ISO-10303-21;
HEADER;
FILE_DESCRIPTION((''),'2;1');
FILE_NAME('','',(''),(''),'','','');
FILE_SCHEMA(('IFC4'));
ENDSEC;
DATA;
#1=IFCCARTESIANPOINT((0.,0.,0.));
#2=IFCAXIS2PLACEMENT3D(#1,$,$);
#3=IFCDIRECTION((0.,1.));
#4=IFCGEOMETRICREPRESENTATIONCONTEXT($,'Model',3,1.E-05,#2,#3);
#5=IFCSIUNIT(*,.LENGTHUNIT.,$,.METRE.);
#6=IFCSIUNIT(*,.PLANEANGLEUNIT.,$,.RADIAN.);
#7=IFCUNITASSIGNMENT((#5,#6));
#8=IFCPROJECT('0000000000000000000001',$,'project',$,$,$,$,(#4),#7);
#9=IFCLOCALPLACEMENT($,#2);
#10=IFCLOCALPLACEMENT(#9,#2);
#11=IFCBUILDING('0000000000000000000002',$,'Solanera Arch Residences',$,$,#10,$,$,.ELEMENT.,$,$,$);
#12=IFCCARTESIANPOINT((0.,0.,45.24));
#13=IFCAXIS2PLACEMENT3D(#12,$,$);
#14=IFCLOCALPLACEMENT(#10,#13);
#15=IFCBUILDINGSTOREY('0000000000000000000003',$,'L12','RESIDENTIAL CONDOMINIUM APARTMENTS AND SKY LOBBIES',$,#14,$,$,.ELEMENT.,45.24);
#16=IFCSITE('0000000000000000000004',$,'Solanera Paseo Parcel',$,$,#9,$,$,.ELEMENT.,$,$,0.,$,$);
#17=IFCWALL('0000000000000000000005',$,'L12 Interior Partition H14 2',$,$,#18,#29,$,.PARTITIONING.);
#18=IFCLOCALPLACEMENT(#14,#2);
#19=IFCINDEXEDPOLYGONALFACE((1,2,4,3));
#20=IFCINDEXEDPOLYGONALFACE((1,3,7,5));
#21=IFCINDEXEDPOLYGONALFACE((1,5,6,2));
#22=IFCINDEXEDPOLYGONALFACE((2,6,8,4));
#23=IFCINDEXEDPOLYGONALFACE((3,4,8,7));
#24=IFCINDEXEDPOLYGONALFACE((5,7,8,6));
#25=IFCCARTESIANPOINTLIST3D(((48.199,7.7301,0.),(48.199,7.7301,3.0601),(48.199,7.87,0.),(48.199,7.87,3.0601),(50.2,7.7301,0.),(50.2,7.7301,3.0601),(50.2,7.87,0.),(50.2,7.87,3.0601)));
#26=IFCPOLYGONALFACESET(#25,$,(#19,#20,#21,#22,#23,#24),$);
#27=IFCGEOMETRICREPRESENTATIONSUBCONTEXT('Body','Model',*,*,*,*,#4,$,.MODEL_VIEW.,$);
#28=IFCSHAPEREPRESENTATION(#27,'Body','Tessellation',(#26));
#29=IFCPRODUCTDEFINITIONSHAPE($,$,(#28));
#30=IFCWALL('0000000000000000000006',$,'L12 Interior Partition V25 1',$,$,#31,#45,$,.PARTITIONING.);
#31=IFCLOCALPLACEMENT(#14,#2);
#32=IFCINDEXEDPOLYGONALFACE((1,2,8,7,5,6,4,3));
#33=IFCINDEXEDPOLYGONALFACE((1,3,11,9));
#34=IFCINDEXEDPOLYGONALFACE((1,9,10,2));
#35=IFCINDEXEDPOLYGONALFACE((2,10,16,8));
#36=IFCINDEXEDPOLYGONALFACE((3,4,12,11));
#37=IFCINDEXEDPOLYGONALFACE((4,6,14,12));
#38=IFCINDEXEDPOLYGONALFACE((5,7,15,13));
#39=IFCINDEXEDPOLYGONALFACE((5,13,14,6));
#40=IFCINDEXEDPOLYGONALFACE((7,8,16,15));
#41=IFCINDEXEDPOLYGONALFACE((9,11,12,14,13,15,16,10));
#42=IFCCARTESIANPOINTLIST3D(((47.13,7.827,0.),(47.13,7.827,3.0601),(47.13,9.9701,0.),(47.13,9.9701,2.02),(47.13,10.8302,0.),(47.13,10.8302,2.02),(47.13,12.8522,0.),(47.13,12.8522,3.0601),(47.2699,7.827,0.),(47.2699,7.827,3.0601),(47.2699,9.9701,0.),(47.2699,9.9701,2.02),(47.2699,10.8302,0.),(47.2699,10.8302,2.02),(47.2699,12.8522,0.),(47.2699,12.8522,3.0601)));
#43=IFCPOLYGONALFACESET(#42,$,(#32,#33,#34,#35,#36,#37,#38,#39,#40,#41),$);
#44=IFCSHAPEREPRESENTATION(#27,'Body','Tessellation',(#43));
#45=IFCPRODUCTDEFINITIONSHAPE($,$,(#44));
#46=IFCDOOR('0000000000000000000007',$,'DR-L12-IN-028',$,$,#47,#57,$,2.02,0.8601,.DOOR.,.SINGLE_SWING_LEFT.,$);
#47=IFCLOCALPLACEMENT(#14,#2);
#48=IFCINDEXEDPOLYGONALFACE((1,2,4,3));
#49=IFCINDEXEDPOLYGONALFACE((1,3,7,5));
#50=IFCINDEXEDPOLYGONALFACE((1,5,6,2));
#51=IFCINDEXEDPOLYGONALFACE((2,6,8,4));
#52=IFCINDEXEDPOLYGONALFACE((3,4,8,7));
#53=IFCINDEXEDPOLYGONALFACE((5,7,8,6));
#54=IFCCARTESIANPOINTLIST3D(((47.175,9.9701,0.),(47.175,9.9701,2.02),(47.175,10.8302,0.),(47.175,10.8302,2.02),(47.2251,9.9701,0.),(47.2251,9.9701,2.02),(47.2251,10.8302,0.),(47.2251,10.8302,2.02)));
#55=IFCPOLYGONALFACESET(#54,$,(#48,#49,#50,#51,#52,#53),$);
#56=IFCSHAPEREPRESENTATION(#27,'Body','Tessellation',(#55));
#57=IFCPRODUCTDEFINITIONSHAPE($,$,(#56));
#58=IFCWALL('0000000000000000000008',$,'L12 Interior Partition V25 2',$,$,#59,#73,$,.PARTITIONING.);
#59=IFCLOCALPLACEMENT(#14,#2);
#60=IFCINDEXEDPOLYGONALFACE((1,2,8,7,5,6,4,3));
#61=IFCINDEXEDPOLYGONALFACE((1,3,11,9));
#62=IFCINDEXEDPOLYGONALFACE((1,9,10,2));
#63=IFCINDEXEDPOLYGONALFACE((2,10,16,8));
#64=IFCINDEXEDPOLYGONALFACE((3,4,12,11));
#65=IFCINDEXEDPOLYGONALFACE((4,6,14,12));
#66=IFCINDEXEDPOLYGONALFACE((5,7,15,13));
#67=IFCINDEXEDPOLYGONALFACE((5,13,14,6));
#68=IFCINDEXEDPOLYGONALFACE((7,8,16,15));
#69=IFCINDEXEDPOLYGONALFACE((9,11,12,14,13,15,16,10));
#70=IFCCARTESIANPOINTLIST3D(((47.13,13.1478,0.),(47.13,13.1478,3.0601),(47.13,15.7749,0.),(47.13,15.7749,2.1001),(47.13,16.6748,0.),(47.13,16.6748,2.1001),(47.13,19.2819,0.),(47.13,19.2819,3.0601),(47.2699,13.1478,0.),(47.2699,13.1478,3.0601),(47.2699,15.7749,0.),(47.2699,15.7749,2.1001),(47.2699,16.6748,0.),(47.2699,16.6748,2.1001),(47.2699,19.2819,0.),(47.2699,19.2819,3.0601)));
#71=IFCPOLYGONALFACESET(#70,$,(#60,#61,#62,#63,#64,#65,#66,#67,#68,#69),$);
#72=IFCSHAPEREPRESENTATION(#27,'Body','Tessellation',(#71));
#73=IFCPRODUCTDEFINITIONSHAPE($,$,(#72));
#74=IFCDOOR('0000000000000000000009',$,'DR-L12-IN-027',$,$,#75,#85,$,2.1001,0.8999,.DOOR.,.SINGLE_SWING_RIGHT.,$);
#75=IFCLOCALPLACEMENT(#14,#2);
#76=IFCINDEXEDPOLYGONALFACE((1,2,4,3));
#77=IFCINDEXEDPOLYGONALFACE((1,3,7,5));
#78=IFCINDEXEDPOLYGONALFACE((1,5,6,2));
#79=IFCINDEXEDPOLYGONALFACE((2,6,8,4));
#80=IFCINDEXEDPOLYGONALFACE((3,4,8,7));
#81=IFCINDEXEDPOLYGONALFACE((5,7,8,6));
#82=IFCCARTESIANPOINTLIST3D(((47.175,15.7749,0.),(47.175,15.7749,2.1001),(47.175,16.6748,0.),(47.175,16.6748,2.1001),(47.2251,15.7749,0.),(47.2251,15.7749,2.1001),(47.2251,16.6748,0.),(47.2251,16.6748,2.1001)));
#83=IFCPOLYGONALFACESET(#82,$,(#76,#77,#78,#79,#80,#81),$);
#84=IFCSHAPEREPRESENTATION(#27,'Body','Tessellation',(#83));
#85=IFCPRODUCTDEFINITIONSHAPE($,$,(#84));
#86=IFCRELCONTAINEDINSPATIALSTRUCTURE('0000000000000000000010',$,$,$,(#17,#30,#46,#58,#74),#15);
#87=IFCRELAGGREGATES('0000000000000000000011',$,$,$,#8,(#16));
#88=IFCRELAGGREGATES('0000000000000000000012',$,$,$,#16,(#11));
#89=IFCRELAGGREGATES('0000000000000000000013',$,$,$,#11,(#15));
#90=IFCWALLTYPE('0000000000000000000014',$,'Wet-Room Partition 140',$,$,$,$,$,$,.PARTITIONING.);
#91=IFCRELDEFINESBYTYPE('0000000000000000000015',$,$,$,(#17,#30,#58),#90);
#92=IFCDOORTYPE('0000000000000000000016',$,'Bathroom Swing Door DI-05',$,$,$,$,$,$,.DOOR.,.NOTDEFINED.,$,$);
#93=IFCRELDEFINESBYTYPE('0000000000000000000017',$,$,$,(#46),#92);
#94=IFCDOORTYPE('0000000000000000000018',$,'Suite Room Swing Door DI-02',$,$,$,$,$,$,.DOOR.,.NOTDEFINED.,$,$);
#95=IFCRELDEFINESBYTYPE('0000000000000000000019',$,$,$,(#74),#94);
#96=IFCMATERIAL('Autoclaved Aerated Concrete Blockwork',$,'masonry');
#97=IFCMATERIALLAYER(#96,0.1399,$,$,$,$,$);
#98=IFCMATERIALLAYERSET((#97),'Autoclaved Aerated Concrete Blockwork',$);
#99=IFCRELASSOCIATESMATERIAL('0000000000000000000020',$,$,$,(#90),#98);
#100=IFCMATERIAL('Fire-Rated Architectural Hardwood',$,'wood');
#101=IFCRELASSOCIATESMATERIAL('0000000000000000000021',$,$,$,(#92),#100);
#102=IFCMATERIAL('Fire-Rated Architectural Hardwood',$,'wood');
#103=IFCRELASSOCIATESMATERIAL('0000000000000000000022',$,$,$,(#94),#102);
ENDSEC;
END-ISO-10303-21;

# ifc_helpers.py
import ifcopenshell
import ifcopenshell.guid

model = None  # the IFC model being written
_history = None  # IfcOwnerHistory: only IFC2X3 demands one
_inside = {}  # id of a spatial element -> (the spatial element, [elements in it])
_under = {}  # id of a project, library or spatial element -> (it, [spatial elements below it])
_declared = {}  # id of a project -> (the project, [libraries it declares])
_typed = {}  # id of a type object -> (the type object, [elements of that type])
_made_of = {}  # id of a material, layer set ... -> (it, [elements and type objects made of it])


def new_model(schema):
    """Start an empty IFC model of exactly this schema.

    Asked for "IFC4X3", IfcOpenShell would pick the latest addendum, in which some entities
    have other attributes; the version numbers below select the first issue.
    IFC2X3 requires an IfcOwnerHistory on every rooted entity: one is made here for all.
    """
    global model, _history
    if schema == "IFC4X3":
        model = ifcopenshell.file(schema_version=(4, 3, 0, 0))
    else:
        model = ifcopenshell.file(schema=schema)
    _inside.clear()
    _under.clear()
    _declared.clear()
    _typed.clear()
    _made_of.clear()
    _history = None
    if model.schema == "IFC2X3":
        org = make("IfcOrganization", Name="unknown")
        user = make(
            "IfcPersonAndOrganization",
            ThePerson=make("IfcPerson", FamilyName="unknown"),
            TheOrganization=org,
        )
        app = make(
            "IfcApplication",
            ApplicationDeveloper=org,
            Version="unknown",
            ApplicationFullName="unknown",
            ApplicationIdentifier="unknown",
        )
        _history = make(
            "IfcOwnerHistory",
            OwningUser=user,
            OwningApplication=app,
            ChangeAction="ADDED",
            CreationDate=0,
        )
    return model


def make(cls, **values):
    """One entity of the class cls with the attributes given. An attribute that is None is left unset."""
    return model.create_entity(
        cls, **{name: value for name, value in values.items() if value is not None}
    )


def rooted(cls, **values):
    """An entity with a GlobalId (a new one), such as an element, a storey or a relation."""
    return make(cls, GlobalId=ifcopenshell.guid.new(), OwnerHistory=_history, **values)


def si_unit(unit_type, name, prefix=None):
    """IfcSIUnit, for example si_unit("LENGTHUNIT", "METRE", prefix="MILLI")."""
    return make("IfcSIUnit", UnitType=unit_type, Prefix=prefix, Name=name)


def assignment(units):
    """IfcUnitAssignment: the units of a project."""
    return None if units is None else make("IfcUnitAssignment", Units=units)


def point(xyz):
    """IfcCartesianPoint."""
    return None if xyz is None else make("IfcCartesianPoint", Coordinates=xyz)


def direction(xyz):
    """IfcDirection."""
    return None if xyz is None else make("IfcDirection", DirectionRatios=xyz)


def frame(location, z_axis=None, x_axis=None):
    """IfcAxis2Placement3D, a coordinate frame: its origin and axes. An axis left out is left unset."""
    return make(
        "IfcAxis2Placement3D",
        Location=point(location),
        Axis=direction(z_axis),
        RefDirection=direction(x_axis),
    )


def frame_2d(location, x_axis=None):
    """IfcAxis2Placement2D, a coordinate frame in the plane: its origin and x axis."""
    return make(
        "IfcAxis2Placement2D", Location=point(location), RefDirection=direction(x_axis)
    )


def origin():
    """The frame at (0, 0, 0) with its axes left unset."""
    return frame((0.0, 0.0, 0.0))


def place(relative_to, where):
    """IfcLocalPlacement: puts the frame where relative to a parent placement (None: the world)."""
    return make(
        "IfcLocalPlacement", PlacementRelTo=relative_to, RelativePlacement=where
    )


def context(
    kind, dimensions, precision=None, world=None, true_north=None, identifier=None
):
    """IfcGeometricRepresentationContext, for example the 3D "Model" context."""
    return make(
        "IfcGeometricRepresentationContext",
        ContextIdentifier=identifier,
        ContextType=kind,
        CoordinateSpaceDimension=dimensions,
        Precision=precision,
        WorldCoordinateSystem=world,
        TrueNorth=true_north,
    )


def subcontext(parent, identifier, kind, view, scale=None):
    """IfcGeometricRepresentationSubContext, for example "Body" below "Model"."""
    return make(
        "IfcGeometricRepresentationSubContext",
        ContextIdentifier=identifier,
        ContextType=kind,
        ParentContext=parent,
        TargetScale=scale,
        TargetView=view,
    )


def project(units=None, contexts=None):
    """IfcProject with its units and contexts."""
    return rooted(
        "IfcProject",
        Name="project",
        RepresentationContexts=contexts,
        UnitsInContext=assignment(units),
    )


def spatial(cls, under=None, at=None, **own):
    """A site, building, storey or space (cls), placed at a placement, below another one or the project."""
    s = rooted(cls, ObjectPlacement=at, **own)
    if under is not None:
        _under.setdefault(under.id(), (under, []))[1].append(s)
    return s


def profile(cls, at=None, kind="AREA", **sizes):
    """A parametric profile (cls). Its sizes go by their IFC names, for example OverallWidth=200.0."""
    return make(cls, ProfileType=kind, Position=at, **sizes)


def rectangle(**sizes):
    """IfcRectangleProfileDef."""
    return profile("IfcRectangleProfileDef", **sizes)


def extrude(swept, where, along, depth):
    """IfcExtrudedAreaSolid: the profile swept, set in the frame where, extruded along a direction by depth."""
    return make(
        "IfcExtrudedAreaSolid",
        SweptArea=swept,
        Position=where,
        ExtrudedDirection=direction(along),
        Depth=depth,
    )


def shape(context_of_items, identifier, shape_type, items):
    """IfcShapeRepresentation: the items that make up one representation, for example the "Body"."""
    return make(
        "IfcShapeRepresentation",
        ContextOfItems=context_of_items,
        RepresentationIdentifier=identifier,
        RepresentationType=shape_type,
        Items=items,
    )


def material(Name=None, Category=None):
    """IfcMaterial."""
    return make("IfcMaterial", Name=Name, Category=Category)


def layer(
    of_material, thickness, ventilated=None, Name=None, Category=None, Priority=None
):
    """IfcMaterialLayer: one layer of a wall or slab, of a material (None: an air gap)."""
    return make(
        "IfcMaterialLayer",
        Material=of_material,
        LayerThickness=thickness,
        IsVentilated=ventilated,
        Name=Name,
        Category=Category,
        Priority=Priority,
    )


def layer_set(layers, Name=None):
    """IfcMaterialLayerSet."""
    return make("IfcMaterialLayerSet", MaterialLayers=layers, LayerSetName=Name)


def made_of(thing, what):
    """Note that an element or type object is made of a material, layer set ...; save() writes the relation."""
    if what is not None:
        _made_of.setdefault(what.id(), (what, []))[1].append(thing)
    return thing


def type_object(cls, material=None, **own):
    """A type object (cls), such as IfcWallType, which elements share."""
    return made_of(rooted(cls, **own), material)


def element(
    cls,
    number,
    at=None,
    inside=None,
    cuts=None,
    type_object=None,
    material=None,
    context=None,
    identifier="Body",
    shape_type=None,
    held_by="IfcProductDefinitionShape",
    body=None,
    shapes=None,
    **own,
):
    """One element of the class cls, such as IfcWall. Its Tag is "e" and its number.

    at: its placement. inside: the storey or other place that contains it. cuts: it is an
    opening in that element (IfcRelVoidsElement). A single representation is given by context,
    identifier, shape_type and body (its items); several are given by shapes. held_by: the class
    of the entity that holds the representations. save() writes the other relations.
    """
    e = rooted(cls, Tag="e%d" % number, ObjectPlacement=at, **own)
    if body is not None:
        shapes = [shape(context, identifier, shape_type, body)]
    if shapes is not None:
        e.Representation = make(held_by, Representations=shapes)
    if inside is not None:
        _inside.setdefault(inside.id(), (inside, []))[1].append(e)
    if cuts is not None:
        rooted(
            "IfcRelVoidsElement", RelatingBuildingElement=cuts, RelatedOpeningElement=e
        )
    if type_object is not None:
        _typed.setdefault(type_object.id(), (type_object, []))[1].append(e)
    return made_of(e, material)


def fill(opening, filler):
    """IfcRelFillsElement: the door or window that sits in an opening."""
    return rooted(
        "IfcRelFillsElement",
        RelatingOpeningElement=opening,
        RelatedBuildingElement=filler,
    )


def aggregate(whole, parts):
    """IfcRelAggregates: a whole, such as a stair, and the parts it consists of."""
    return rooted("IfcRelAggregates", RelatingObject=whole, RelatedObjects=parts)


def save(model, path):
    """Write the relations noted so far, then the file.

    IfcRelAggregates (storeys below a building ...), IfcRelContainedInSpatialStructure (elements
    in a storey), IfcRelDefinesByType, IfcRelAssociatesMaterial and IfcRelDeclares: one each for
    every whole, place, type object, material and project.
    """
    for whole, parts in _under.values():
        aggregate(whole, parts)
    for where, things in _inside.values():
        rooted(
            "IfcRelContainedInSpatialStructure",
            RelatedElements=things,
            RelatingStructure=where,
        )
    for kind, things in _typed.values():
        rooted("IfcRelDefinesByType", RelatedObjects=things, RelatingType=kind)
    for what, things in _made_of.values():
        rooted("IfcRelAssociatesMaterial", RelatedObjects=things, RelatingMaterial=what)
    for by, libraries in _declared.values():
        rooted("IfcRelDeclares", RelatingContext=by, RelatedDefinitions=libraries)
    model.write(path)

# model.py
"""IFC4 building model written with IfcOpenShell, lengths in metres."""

from ifc_helpers import new_model, si_unit, direction, frame, frame_2d, origin, place, context, subcontext, project, spatial, rectangle, extrude, material, layer, layer_set, type_object, element, fill, save


model = new_model("IFC4")

# Units and contexts
model_context = context("Model", 3, precision=1e-05, world=origin(), true_north=direction((0.0, 1.0)))
body_context = subcontext(model_context, "Body", "Model", "MODEL_VIEW")
ifc_project = project(units=[si_unit("LENGTHUNIT", "METRE"), si_unit("PLANEANGLEUNIT", "RADIAN")], contexts=[model_context])

# Site, building, storey
site_placement = place(None, origin())
site = spatial("IfcSite", under=ifc_project, at=site_placement, Name="Solanera Paseo Parcel", CompositionType="ELEMENT", RefElevation=0.0)
building_placement = place(site_placement, origin())
building = spatial("IfcBuilding", under=site, at=building_placement, Name="Solanera Arch Residences", CompositionType="ELEMENT")
storey_placement = place(building_placement, frame((0.0, 0.0, 45.24)))
storey = spatial("IfcBuildingStorey", under=building, at=storey_placement, Name="L12", Description="RESIDENTIAL CONDOMINIUM APARTMENTS AND SKY LOBBIES", CompositionType="ELEMENT", Elevation=45.24)

# Wall
ifc_material_1 = material(Name="Autoclaved Aerated Concrete Blockwork", Category="masonry")
ifc_layer_1 = layer(ifc_material_1, 0.1399)
ifc_layer_set_1 = layer_set([ifc_layer_1], Name="Autoclaved Aerated Concrete Blockwork")
wall_type_1 = type_object("IfcWallType", Name="Wet-Room Partition 140", PredefinedType="PARTITIONING", material=ifc_layer_set_1)
wall_1_placement = place(storey_placement, frame((48.199, 7.8, 0.0), z_axis=(0.0, 0.0, 1.0), x_axis=(1.0, 0.0, 0.0)))
element("IfcWall", 1, at=wall_1_placement, inside=storey, type_object=wall_type_1, Name="L12 Interior Partition H14 2", PredefinedType="PARTITIONING", context=body_context, shape_type="SweptSolid", body=[
    extrude(rectangle(XDim=2.001, YDim=0.1399, at=frame_2d((1.0005, 0.0))), origin(), (0.0, 0.0, 1.0), 3.0601),
])

# Walls, openings, doors
wall_2_placement = place(storey_placement, frame((47.2, 7.8269, 0.0), z_axis=(0.0, 0.0, 1.0), x_axis=(0.0, 1.0, 0.0)))
wall_2 = element("IfcWall", 2, at=wall_2_placement, inside=storey, type_object=wall_type_1, Name="L12 Interior Partition V25 1", PredefinedType="PARTITIONING", context=body_context, shape_type="SweptSolid", body=[
    extrude(rectangle(XDim=5.0251, YDim=0.1399, at=frame_2d((2.5127, 0.0))), origin(), (0.0, 0.0, 1.0), 3.0601),
])
opening_1_placement = place(wall_2_placement, frame((2.1431, 0.0, 0.0)))
opening_1 = element("IfcOpeningElement", 3, at=opening_1_placement, cuts=wall_2, PredefinedType="OPENING", context=body_context, shape_type="SweptSolid", body=[
    extrude(rectangle(XDim=0.8601, YDim=2.02, at=frame_2d((0.4302, 1.01))), frame((0.0, 0.0798, 0.0), z_axis=(0.0, -1.0, 0.0), x_axis=(1.0, 0.0, 0.0)), (0.0, 0.0, 1.0), 0.1599),
])
ifc_material_2 = material(Name="Fire-Rated Architectural Hardwood", Category="wood")
door_type_1 = type_object("IfcDoorType", Name="Bathroom Swing Door DI-05", OperationType="NOTDEFINED", PredefinedType="DOOR", material=ifc_material_2)
door_1_placement = place(opening_1_placement, origin())
door_1 = element("IfcDoor", 4, at=door_1_placement, inside=storey, type_object=door_type_1, Name="DR-L12-IN-028", OperationType="SINGLE_SWING_LEFT", OverallHeight=2.02, OverallWidth=0.8601, PredefinedType="DOOR", context=body_context, shape_type="SweptSolid", body=[
    extrude(rectangle(XDim=0.8601, YDim=2.02, at=frame_2d((0.4302, 1.01))), frame((0.0, 0.0249, 0.0), z_axis=(0.0, -1.0, 0.0), x_axis=(1.0, 0.0, 0.0)), (0.0, 0.0, 1.0), 0.05),
])
fill(opening_1, door_1)
wall_3_placement = place(storey_placement, frame((47.2, 13.1479, 0.0), z_axis=(0.0, 0.0, 1.0), x_axis=(0.0, 1.0, 0.0)))
wall_3 = element("IfcWall", 5, at=wall_3_placement, inside=storey, type_object=wall_type_1, Name="L12 Interior Partition V25 2", PredefinedType="PARTITIONING", context=body_context, shape_type="SweptSolid", body=[
    extrude(rectangle(XDim=6.134, YDim=0.1399, at=frame_2d((3.0669, 0.0))), origin(), (0.0, 0.0, 1.0), 3.0601),
])
opening_2_placement = place(wall_3_placement, frame((2.627, 0.0, 0.0)))
opening_2 = element("IfcOpeningElement", 6, at=opening_2_placement, cuts=wall_3, PredefinedType="OPENING", context=body_context, shape_type="SweptSolid", body=[
    extrude(rectangle(XDim=0.8999, YDim=2.1001, at=frame_2d((0.45, 1.05))), frame((0.0, 0.0798, 0.0), z_axis=(0.0, -1.0, 0.0), x_axis=(1.0, 0.0, 0.0)), (0.0, 0.0, 1.0), 0.1599),
])
ifc_material_3 = material(Name="Fire-Rated Architectural Hardwood", Category="wood")
door_type_2 = type_object("IfcDoorType", Name="Suite Room Swing Door DI-02", OperationType="NOTDEFINED", PredefinedType="DOOR", material=ifc_material_3)
door_2_placement = place(opening_2_placement, origin())
door_2 = element("IfcDoor", 7, at=door_2_placement, inside=storey, type_object=door_type_2, Name="DR-L12-IN-027", OperationType="SINGLE_SWING_RIGHT", OverallHeight=2.1001, OverallWidth=0.8999, PredefinedType="DOOR", context=body_context, shape_type="SweptSolid", body=[
    extrude(rectangle(XDim=0.8999, YDim=2.1001, at=frame_2d((0.45, 1.05))), frame((0.0, 0.0249, 0.0), z_axis=(0.0, -1.0, 0.0), x_axis=(1.0, 0.0, 0.0)), (0.0, 0.0, 1.0), 0.05),
])
fill(opening_2, door_2)

save(model, "model.ifc")
